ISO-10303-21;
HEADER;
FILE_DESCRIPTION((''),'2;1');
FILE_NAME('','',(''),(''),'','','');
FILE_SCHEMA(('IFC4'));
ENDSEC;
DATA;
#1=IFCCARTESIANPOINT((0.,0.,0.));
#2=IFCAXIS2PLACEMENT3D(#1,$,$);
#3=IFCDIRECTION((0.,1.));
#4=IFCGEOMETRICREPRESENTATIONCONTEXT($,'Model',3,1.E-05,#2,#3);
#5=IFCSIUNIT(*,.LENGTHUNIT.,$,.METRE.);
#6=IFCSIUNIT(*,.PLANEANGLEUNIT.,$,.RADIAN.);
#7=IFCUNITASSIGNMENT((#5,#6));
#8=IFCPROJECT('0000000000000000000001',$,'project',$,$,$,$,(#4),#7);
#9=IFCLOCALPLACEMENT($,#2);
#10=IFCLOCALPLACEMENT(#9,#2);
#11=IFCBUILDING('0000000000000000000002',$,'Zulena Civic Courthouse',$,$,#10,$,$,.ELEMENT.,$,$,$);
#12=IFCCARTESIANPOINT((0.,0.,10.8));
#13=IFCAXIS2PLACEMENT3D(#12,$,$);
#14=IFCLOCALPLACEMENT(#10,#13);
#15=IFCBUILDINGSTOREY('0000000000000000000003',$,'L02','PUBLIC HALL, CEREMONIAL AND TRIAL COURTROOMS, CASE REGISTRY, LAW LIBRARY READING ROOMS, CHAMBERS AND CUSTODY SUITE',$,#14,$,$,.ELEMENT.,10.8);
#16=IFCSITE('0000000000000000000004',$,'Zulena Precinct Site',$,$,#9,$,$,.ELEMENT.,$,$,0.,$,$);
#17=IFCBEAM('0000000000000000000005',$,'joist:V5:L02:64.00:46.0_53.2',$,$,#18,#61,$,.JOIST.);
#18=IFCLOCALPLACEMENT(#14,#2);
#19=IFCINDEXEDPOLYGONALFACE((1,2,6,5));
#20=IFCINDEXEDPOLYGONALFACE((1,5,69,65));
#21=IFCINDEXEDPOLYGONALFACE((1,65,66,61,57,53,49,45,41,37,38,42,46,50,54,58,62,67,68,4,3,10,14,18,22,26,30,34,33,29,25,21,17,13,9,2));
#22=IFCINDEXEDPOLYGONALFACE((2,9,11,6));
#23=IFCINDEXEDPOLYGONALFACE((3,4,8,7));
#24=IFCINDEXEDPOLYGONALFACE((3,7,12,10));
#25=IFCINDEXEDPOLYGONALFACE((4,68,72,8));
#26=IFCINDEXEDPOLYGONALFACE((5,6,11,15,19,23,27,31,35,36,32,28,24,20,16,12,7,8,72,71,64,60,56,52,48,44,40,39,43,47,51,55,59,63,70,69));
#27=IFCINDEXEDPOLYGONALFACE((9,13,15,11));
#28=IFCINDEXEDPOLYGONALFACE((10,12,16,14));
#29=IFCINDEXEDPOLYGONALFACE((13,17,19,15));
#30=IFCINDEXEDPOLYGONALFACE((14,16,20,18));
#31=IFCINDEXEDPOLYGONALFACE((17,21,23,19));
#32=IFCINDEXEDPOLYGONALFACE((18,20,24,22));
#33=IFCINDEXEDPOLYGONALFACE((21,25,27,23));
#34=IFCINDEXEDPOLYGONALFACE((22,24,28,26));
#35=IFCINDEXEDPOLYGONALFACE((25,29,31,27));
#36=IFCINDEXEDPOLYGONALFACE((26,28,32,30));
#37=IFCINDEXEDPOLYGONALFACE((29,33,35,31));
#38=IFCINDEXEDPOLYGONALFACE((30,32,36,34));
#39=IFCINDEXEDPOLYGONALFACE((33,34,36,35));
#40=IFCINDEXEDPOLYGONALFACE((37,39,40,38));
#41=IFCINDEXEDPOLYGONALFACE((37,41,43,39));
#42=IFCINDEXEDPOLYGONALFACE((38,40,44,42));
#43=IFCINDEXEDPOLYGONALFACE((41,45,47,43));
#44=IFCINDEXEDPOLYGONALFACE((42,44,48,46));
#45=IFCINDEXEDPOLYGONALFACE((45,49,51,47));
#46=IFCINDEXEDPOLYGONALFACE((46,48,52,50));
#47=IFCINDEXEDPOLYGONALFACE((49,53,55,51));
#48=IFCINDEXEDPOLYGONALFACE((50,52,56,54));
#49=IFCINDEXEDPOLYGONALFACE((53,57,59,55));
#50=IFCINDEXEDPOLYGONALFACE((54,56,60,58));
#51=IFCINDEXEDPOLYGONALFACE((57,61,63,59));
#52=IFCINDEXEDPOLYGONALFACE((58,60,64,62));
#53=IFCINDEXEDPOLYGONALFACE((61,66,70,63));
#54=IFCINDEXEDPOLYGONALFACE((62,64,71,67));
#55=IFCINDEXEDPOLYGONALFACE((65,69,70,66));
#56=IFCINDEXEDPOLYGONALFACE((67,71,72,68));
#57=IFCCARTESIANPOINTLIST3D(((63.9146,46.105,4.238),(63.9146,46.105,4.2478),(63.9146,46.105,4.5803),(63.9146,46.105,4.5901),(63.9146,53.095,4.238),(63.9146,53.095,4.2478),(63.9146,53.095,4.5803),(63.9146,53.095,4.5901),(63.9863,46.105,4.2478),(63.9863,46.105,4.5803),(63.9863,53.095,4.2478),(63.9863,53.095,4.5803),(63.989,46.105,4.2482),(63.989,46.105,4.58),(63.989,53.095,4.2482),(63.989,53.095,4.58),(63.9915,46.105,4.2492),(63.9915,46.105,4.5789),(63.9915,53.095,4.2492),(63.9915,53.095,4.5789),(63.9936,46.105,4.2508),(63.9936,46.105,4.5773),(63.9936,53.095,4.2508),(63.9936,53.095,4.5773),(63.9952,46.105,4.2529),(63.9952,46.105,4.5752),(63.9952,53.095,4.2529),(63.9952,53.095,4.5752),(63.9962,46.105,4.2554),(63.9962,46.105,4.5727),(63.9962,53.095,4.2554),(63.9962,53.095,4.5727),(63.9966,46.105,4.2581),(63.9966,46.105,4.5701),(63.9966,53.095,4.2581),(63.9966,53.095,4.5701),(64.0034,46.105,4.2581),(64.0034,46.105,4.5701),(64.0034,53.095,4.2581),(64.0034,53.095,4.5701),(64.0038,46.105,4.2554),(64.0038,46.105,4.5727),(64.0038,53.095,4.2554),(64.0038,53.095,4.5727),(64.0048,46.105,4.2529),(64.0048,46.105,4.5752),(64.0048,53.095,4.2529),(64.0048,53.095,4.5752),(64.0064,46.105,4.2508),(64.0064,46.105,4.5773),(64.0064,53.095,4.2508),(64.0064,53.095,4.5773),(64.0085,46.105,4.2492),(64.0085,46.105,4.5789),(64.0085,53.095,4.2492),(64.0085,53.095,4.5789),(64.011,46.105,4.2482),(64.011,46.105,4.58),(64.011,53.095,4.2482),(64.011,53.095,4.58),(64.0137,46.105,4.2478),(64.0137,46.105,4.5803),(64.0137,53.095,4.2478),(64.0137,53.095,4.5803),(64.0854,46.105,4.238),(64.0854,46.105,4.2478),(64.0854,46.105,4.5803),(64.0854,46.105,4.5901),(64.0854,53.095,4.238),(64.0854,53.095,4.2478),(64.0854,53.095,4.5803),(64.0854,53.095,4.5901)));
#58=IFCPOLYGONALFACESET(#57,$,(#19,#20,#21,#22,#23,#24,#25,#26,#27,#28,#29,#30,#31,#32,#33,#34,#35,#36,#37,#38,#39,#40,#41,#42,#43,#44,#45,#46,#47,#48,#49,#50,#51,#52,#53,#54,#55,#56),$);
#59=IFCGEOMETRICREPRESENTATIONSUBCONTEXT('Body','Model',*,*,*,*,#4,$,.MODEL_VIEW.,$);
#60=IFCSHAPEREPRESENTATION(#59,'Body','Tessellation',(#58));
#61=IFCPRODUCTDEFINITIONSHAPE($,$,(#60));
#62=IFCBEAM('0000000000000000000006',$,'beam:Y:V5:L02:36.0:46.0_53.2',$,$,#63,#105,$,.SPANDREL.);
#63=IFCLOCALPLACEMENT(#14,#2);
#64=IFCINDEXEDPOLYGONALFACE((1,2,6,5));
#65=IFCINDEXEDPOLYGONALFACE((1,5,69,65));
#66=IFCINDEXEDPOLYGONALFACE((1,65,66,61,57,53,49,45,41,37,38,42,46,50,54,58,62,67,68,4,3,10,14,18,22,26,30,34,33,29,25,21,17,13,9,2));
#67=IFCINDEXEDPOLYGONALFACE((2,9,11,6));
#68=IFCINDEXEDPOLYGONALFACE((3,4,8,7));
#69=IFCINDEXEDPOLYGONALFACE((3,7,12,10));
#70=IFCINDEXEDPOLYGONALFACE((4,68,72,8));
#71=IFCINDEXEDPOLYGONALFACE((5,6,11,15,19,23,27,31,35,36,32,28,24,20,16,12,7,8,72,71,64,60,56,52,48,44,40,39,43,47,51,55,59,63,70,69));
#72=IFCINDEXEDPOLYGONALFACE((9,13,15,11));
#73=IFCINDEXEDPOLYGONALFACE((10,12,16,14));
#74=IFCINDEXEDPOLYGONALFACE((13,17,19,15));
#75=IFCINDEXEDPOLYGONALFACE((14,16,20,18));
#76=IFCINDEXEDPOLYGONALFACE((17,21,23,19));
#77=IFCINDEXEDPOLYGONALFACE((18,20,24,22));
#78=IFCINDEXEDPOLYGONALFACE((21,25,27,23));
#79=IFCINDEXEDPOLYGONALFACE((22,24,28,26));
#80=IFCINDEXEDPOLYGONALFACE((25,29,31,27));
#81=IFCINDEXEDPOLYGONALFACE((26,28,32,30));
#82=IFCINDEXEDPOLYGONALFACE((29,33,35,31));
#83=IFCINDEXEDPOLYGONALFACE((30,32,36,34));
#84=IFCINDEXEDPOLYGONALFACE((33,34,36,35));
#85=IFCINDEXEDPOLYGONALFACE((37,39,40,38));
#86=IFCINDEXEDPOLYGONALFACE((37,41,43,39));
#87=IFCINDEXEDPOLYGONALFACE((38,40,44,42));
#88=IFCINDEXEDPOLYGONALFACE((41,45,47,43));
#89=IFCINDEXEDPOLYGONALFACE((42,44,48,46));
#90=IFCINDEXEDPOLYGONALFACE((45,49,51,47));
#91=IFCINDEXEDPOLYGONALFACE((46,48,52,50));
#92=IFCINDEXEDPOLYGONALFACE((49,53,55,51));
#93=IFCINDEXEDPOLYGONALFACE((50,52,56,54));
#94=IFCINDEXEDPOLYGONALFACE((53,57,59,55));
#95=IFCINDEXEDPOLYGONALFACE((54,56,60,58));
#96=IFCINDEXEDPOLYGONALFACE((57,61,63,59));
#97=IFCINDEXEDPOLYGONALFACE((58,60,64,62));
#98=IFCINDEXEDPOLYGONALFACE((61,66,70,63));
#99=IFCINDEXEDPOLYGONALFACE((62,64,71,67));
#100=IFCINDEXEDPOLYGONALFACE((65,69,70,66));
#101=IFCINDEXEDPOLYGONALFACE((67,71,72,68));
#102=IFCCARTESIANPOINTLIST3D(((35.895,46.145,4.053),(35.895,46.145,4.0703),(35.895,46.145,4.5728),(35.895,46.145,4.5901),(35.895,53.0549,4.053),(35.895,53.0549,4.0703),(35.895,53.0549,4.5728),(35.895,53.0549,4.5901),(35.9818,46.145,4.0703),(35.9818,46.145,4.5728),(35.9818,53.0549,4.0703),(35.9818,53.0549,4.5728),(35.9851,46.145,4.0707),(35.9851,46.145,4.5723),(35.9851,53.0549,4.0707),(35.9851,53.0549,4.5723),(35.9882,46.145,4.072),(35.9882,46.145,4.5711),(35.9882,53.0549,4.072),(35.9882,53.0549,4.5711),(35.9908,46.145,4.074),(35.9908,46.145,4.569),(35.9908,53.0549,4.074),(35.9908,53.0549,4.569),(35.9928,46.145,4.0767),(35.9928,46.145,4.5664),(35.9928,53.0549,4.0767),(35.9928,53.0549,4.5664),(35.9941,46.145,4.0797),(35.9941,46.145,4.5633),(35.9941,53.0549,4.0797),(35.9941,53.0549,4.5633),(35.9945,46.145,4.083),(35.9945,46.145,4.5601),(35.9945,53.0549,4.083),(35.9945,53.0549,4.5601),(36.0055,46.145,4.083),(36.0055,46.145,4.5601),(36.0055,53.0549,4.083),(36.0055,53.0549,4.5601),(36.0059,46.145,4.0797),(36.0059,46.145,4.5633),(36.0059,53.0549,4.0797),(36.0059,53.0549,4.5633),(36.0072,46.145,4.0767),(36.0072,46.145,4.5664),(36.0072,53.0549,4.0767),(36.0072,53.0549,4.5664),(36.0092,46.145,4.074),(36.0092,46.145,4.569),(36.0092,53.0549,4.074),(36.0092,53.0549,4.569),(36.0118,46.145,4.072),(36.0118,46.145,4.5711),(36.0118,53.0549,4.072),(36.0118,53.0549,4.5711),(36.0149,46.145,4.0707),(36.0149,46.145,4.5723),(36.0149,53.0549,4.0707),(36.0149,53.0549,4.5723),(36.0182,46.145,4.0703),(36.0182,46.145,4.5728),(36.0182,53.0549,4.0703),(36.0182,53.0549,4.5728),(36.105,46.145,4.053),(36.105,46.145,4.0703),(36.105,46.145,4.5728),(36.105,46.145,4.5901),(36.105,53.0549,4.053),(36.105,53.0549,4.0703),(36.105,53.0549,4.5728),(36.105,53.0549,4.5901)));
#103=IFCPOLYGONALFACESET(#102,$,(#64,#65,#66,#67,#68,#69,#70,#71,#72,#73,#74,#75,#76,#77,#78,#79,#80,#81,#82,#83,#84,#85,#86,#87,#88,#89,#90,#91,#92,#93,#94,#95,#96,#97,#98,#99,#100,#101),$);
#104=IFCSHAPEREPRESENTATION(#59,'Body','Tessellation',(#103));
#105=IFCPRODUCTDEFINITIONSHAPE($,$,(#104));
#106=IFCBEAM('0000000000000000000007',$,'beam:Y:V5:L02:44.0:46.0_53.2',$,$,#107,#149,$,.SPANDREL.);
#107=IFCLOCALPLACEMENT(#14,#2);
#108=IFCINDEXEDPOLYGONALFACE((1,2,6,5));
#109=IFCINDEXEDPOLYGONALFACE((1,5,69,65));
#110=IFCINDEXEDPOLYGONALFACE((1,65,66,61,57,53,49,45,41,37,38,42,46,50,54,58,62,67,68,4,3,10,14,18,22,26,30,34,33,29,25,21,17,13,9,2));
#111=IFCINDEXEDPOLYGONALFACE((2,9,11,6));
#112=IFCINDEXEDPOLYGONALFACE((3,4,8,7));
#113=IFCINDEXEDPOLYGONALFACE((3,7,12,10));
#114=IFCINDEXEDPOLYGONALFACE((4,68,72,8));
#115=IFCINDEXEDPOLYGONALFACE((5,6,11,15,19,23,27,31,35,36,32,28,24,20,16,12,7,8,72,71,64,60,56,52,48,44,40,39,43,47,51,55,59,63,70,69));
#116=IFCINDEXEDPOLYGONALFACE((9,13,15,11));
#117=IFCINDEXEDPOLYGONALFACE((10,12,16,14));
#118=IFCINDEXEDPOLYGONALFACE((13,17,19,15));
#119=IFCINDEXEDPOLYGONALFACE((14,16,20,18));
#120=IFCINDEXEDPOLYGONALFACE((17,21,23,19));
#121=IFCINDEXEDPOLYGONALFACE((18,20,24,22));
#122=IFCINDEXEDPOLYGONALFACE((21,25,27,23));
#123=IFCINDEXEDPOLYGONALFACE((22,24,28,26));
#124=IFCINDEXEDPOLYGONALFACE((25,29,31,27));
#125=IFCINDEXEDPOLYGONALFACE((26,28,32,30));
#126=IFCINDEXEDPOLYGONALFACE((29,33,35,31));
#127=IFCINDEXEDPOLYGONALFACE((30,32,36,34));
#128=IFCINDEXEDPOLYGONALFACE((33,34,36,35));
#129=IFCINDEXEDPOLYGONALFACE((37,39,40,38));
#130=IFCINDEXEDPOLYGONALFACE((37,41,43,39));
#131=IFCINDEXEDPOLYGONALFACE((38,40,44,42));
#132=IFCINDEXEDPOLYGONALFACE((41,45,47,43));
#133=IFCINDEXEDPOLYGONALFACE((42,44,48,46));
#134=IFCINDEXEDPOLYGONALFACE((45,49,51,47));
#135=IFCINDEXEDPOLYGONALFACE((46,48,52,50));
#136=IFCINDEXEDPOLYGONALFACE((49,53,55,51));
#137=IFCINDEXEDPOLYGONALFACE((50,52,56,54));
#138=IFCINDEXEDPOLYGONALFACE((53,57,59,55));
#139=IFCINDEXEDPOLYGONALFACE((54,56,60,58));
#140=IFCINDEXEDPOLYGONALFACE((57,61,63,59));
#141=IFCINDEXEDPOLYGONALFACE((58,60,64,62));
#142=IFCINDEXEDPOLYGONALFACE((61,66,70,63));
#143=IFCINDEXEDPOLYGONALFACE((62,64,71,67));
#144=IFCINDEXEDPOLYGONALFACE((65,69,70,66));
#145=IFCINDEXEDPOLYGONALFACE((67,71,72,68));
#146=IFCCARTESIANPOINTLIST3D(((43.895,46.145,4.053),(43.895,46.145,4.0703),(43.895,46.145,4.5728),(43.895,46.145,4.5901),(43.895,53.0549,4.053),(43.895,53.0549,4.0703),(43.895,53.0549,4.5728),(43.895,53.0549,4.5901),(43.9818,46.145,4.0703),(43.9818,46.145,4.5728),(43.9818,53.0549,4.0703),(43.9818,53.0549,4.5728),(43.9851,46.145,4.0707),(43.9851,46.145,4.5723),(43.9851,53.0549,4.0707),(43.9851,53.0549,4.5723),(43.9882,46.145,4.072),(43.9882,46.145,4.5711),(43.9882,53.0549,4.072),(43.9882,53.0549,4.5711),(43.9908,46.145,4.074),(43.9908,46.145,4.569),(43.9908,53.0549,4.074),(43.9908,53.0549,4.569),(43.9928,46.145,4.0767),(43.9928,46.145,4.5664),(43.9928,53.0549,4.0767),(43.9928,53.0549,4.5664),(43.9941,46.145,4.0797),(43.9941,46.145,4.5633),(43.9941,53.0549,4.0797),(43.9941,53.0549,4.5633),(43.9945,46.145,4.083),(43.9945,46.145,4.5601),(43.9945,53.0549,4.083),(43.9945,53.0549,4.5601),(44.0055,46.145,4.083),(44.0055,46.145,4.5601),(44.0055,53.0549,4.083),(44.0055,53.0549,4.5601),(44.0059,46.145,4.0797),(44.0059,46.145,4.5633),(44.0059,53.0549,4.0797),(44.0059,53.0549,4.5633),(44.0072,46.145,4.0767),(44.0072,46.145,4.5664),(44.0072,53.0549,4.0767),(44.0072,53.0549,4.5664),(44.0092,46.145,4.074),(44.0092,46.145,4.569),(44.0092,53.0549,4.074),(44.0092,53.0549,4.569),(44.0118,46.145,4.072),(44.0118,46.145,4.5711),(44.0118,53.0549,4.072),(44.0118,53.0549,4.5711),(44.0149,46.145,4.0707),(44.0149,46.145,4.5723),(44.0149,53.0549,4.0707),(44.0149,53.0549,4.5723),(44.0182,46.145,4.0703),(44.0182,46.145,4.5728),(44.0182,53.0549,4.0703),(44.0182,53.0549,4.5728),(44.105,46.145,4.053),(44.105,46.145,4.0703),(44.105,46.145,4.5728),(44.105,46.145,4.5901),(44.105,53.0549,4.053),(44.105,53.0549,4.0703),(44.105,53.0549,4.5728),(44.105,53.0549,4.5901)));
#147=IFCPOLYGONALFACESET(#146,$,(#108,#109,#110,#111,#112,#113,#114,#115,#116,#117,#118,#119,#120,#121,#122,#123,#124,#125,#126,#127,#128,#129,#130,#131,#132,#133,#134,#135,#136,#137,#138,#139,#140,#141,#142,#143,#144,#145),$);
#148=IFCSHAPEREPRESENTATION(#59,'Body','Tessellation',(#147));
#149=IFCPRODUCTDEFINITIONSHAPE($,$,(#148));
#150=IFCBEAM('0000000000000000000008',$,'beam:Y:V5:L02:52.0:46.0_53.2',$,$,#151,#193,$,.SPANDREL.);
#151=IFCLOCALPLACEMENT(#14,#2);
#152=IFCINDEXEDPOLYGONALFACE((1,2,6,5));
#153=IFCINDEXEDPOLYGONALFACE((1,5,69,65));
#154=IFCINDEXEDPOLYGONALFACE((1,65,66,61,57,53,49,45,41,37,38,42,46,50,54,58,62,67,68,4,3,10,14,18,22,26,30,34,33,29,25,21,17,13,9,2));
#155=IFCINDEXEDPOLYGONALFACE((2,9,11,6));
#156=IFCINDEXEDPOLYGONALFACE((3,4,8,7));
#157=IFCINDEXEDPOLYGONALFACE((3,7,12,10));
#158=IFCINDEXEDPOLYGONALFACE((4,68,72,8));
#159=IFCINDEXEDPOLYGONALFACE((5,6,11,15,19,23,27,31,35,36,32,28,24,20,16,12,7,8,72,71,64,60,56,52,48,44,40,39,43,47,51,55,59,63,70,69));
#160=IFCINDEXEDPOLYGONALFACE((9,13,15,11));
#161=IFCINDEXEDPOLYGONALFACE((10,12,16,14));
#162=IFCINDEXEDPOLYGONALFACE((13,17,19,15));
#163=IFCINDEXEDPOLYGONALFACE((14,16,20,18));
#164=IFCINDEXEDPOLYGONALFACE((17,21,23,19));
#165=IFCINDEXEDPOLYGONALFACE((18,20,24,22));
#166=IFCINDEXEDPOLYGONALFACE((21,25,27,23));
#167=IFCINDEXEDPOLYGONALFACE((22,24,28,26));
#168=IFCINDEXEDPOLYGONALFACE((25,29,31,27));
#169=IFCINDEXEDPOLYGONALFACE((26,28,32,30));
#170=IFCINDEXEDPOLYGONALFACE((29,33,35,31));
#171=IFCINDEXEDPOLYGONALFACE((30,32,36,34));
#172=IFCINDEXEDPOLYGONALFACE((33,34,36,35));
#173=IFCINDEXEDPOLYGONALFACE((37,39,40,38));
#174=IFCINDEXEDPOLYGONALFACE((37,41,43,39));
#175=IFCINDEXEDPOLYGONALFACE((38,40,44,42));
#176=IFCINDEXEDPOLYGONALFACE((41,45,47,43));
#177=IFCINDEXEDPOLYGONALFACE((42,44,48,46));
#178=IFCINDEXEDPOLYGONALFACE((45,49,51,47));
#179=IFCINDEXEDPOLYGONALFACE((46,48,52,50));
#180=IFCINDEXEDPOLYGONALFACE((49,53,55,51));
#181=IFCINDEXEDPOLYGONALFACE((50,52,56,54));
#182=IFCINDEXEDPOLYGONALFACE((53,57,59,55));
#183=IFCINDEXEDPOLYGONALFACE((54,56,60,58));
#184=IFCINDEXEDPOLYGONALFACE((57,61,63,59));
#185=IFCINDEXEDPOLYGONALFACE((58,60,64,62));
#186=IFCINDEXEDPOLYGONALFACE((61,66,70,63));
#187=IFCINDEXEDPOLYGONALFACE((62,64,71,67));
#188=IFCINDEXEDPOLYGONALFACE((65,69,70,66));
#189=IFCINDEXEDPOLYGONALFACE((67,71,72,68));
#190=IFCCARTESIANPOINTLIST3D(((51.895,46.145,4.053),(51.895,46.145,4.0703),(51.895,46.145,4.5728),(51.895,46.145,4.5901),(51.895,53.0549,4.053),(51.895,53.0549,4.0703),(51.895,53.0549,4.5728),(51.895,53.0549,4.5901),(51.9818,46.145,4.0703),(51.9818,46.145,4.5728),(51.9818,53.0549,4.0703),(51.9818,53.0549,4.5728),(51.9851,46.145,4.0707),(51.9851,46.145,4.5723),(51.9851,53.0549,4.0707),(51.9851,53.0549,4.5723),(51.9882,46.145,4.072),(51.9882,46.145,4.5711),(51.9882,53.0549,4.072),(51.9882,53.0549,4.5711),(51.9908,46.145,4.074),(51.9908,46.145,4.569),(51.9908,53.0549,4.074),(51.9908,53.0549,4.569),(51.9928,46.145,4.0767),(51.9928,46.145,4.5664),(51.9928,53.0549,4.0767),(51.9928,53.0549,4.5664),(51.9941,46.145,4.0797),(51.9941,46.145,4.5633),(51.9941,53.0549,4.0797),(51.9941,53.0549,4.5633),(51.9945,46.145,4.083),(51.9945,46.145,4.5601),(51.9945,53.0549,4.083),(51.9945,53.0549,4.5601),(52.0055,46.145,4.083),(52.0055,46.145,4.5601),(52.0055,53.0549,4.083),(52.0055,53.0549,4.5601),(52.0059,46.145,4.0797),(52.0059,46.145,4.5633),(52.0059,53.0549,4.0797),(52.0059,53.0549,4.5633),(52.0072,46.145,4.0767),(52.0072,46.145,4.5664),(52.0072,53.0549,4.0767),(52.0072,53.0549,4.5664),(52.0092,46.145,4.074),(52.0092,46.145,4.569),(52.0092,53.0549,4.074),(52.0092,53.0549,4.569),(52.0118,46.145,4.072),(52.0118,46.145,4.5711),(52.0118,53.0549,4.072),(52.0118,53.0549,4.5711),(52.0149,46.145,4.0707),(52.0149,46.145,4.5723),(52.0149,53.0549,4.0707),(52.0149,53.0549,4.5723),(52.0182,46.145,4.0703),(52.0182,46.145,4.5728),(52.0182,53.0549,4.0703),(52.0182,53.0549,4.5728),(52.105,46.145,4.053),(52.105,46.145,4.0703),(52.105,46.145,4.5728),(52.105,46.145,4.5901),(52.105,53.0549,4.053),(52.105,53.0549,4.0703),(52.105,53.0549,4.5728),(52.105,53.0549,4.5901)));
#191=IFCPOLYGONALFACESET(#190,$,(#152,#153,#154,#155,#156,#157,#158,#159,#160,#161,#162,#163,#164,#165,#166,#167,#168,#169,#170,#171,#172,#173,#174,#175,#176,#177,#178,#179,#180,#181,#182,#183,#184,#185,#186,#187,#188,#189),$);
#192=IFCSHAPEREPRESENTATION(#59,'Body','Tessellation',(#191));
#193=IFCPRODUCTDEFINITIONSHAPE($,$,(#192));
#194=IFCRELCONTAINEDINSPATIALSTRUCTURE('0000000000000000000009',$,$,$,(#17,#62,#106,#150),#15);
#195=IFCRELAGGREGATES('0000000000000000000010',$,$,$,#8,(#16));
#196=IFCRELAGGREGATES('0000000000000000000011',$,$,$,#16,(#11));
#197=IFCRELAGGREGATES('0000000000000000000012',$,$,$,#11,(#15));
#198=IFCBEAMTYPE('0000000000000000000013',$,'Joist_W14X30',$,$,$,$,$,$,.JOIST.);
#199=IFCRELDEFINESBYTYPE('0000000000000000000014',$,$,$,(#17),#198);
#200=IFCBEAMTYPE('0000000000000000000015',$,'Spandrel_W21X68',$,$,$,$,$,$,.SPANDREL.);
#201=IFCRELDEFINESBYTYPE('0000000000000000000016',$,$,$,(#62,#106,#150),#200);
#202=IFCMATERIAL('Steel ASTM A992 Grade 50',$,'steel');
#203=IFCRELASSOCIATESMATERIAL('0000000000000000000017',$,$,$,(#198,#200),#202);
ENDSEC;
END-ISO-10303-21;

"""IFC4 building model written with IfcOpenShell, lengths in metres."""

from ifc_helpers import new_model, si_unit, direction, frame, origin, origin_2d, place, context, subcontext, project, spatial, i_section, extrude, material, material_profile, profile_set, type_object, element, save


model = new_model("IFC4")

# Units and contexts
model_context = context("Model", 3, precision=1e-05, world=origin(), true_north=direction((0.0, 1.0)))
body_context = subcontext(model_context, "Body", "Model", "MODEL_VIEW")
ifc_project = project(units=[si_unit("LENGTHUNIT", "METRE"), si_unit("PLANEANGLEUNIT", "RADIAN")], contexts=[model_context])

# Site, building, storey
site_placement = place(None, origin())
site = spatial("IfcSite", under=ifc_project, at=site_placement, Name="Zulena Precinct Site", CompositionType="ELEMENT", RefElevation=0.0)
building_placement = place(site_placement, origin())
building = spatial("IfcBuilding", under=site, at=building_placement, Name="Zulena Civic Courthouse", CompositionType="ELEMENT")
storey_placement = place(building_placement, frame((0.0, 0.0, 10.8)))
storey = spatial("IfcBuildingStorey", under=building, at=storey_placement, Name="L02", Description="PUBLIC HALL, CEREMONIAL AND TRIAL COURTROOMS, CASE REGISTRY, LAW LIBRARY READING ROOMS, CHAMBERS AND CUSTODY SUITE", CompositionType="ELEMENT", Elevation=10.8)

# Shared definitions
ifc_material_1 = material(Name="Steel ASTM A992 Grade 50", Category="steel")

# Beams
ifc_material_profile_1 = material_profile(ifc_material_1, i_section(OverallWidth=0.1709, OverallDepth=0.3521, WebThickness=0.0068, FlangeThickness=0.0098, FilletRadius=0.0103, at=origin_2d()), Name="W14X30")
ifc_profile_set_1 = profile_set([ifc_material_profile_1], Name="Steel ASTM A992 Grade 50")
beam_type_1 = type_object("IfcBeamType", Name="Joist_W14X30", PredefinedType="JOIST", material=ifc_profile_set_1)
for number, where, z_axis, x_axis, name in (
    (1, (64.0, 46.105, 4.4141), (0.0, 1.0, 0.0), (-1.0, 0.0, 0.0), "joist:V5:L02:64.00:46.0_53.2"),
):
    element("IfcBeam", number, at=place(storey_placement, frame(where, z_axis=z_axis, x_axis=x_axis)), inside=storey, type_object=beam_type_1, Name=name, PredefinedType="JOIST", context=body_context, shape_type="SweptSolid", body=[
        extrude(i_section(OverallWidth=0.1709, OverallDepth=0.3521, WebThickness=0.0068, FlangeThickness=0.0098, FilletRadius=0.0103, at=origin_2d()), origin(), (0.0, 0.0, 1.0), 6.99),
    ])
ifc_material_profile_2 = material_profile(ifc_material_1, i_section(OverallWidth=0.21, OverallDepth=0.5371, WebThickness=0.011, FlangeThickness=0.0173, FilletRadius=0.0127, at=origin_2d()), Name="W21X68")
ifc_profile_set_2 = profile_set([ifc_material_profile_2], Name="Steel ASTM A992 Grade 50")
beam_type_2 = type_object("IfcBeamType", Name="Spandrel_W21X68", PredefinedType="SPANDREL", material=ifc_profile_set_2)
for number, where, z_axis, x_axis, name in (
    (2, (36.0, 46.145, 4.3215), (0.0, 1.0, 0.0), (-1.0, 0.0, 0.0), "beam:Y:V5:L02:36.0:46.0_53.2"),
    (3, (44.0, 46.145, 4.3215), (0.0, 1.0, 0.0), (-1.0, 0.0, 0.0), "beam:Y:V5:L02:44.0:46.0_53.2"),
    (4, (52.0, 46.145, 4.3215), (0.0, 1.0, 0.0), (-1.0, 0.0, 0.0), "beam:Y:V5:L02:52.0:46.0_53.2"),
):
    element("IfcBeam", number, at=place(storey_placement, frame(where, z_axis=z_axis, x_axis=x_axis)), inside=storey, type_object=beam_type_2, Name=name, PredefinedType="SPANDREL", context=body_context, shape_type="SweptSolid", body=[
        extrude(i_section(OverallWidth=0.21, OverallDepth=0.5371, WebThickness=0.011, FlangeThickness=0.0173, FilletRadius=0.0127, at=origin_2d()), origin(), (0.0, 0.0, 1.0), 6.9099),
    ])

save(model, "model.ifc")
